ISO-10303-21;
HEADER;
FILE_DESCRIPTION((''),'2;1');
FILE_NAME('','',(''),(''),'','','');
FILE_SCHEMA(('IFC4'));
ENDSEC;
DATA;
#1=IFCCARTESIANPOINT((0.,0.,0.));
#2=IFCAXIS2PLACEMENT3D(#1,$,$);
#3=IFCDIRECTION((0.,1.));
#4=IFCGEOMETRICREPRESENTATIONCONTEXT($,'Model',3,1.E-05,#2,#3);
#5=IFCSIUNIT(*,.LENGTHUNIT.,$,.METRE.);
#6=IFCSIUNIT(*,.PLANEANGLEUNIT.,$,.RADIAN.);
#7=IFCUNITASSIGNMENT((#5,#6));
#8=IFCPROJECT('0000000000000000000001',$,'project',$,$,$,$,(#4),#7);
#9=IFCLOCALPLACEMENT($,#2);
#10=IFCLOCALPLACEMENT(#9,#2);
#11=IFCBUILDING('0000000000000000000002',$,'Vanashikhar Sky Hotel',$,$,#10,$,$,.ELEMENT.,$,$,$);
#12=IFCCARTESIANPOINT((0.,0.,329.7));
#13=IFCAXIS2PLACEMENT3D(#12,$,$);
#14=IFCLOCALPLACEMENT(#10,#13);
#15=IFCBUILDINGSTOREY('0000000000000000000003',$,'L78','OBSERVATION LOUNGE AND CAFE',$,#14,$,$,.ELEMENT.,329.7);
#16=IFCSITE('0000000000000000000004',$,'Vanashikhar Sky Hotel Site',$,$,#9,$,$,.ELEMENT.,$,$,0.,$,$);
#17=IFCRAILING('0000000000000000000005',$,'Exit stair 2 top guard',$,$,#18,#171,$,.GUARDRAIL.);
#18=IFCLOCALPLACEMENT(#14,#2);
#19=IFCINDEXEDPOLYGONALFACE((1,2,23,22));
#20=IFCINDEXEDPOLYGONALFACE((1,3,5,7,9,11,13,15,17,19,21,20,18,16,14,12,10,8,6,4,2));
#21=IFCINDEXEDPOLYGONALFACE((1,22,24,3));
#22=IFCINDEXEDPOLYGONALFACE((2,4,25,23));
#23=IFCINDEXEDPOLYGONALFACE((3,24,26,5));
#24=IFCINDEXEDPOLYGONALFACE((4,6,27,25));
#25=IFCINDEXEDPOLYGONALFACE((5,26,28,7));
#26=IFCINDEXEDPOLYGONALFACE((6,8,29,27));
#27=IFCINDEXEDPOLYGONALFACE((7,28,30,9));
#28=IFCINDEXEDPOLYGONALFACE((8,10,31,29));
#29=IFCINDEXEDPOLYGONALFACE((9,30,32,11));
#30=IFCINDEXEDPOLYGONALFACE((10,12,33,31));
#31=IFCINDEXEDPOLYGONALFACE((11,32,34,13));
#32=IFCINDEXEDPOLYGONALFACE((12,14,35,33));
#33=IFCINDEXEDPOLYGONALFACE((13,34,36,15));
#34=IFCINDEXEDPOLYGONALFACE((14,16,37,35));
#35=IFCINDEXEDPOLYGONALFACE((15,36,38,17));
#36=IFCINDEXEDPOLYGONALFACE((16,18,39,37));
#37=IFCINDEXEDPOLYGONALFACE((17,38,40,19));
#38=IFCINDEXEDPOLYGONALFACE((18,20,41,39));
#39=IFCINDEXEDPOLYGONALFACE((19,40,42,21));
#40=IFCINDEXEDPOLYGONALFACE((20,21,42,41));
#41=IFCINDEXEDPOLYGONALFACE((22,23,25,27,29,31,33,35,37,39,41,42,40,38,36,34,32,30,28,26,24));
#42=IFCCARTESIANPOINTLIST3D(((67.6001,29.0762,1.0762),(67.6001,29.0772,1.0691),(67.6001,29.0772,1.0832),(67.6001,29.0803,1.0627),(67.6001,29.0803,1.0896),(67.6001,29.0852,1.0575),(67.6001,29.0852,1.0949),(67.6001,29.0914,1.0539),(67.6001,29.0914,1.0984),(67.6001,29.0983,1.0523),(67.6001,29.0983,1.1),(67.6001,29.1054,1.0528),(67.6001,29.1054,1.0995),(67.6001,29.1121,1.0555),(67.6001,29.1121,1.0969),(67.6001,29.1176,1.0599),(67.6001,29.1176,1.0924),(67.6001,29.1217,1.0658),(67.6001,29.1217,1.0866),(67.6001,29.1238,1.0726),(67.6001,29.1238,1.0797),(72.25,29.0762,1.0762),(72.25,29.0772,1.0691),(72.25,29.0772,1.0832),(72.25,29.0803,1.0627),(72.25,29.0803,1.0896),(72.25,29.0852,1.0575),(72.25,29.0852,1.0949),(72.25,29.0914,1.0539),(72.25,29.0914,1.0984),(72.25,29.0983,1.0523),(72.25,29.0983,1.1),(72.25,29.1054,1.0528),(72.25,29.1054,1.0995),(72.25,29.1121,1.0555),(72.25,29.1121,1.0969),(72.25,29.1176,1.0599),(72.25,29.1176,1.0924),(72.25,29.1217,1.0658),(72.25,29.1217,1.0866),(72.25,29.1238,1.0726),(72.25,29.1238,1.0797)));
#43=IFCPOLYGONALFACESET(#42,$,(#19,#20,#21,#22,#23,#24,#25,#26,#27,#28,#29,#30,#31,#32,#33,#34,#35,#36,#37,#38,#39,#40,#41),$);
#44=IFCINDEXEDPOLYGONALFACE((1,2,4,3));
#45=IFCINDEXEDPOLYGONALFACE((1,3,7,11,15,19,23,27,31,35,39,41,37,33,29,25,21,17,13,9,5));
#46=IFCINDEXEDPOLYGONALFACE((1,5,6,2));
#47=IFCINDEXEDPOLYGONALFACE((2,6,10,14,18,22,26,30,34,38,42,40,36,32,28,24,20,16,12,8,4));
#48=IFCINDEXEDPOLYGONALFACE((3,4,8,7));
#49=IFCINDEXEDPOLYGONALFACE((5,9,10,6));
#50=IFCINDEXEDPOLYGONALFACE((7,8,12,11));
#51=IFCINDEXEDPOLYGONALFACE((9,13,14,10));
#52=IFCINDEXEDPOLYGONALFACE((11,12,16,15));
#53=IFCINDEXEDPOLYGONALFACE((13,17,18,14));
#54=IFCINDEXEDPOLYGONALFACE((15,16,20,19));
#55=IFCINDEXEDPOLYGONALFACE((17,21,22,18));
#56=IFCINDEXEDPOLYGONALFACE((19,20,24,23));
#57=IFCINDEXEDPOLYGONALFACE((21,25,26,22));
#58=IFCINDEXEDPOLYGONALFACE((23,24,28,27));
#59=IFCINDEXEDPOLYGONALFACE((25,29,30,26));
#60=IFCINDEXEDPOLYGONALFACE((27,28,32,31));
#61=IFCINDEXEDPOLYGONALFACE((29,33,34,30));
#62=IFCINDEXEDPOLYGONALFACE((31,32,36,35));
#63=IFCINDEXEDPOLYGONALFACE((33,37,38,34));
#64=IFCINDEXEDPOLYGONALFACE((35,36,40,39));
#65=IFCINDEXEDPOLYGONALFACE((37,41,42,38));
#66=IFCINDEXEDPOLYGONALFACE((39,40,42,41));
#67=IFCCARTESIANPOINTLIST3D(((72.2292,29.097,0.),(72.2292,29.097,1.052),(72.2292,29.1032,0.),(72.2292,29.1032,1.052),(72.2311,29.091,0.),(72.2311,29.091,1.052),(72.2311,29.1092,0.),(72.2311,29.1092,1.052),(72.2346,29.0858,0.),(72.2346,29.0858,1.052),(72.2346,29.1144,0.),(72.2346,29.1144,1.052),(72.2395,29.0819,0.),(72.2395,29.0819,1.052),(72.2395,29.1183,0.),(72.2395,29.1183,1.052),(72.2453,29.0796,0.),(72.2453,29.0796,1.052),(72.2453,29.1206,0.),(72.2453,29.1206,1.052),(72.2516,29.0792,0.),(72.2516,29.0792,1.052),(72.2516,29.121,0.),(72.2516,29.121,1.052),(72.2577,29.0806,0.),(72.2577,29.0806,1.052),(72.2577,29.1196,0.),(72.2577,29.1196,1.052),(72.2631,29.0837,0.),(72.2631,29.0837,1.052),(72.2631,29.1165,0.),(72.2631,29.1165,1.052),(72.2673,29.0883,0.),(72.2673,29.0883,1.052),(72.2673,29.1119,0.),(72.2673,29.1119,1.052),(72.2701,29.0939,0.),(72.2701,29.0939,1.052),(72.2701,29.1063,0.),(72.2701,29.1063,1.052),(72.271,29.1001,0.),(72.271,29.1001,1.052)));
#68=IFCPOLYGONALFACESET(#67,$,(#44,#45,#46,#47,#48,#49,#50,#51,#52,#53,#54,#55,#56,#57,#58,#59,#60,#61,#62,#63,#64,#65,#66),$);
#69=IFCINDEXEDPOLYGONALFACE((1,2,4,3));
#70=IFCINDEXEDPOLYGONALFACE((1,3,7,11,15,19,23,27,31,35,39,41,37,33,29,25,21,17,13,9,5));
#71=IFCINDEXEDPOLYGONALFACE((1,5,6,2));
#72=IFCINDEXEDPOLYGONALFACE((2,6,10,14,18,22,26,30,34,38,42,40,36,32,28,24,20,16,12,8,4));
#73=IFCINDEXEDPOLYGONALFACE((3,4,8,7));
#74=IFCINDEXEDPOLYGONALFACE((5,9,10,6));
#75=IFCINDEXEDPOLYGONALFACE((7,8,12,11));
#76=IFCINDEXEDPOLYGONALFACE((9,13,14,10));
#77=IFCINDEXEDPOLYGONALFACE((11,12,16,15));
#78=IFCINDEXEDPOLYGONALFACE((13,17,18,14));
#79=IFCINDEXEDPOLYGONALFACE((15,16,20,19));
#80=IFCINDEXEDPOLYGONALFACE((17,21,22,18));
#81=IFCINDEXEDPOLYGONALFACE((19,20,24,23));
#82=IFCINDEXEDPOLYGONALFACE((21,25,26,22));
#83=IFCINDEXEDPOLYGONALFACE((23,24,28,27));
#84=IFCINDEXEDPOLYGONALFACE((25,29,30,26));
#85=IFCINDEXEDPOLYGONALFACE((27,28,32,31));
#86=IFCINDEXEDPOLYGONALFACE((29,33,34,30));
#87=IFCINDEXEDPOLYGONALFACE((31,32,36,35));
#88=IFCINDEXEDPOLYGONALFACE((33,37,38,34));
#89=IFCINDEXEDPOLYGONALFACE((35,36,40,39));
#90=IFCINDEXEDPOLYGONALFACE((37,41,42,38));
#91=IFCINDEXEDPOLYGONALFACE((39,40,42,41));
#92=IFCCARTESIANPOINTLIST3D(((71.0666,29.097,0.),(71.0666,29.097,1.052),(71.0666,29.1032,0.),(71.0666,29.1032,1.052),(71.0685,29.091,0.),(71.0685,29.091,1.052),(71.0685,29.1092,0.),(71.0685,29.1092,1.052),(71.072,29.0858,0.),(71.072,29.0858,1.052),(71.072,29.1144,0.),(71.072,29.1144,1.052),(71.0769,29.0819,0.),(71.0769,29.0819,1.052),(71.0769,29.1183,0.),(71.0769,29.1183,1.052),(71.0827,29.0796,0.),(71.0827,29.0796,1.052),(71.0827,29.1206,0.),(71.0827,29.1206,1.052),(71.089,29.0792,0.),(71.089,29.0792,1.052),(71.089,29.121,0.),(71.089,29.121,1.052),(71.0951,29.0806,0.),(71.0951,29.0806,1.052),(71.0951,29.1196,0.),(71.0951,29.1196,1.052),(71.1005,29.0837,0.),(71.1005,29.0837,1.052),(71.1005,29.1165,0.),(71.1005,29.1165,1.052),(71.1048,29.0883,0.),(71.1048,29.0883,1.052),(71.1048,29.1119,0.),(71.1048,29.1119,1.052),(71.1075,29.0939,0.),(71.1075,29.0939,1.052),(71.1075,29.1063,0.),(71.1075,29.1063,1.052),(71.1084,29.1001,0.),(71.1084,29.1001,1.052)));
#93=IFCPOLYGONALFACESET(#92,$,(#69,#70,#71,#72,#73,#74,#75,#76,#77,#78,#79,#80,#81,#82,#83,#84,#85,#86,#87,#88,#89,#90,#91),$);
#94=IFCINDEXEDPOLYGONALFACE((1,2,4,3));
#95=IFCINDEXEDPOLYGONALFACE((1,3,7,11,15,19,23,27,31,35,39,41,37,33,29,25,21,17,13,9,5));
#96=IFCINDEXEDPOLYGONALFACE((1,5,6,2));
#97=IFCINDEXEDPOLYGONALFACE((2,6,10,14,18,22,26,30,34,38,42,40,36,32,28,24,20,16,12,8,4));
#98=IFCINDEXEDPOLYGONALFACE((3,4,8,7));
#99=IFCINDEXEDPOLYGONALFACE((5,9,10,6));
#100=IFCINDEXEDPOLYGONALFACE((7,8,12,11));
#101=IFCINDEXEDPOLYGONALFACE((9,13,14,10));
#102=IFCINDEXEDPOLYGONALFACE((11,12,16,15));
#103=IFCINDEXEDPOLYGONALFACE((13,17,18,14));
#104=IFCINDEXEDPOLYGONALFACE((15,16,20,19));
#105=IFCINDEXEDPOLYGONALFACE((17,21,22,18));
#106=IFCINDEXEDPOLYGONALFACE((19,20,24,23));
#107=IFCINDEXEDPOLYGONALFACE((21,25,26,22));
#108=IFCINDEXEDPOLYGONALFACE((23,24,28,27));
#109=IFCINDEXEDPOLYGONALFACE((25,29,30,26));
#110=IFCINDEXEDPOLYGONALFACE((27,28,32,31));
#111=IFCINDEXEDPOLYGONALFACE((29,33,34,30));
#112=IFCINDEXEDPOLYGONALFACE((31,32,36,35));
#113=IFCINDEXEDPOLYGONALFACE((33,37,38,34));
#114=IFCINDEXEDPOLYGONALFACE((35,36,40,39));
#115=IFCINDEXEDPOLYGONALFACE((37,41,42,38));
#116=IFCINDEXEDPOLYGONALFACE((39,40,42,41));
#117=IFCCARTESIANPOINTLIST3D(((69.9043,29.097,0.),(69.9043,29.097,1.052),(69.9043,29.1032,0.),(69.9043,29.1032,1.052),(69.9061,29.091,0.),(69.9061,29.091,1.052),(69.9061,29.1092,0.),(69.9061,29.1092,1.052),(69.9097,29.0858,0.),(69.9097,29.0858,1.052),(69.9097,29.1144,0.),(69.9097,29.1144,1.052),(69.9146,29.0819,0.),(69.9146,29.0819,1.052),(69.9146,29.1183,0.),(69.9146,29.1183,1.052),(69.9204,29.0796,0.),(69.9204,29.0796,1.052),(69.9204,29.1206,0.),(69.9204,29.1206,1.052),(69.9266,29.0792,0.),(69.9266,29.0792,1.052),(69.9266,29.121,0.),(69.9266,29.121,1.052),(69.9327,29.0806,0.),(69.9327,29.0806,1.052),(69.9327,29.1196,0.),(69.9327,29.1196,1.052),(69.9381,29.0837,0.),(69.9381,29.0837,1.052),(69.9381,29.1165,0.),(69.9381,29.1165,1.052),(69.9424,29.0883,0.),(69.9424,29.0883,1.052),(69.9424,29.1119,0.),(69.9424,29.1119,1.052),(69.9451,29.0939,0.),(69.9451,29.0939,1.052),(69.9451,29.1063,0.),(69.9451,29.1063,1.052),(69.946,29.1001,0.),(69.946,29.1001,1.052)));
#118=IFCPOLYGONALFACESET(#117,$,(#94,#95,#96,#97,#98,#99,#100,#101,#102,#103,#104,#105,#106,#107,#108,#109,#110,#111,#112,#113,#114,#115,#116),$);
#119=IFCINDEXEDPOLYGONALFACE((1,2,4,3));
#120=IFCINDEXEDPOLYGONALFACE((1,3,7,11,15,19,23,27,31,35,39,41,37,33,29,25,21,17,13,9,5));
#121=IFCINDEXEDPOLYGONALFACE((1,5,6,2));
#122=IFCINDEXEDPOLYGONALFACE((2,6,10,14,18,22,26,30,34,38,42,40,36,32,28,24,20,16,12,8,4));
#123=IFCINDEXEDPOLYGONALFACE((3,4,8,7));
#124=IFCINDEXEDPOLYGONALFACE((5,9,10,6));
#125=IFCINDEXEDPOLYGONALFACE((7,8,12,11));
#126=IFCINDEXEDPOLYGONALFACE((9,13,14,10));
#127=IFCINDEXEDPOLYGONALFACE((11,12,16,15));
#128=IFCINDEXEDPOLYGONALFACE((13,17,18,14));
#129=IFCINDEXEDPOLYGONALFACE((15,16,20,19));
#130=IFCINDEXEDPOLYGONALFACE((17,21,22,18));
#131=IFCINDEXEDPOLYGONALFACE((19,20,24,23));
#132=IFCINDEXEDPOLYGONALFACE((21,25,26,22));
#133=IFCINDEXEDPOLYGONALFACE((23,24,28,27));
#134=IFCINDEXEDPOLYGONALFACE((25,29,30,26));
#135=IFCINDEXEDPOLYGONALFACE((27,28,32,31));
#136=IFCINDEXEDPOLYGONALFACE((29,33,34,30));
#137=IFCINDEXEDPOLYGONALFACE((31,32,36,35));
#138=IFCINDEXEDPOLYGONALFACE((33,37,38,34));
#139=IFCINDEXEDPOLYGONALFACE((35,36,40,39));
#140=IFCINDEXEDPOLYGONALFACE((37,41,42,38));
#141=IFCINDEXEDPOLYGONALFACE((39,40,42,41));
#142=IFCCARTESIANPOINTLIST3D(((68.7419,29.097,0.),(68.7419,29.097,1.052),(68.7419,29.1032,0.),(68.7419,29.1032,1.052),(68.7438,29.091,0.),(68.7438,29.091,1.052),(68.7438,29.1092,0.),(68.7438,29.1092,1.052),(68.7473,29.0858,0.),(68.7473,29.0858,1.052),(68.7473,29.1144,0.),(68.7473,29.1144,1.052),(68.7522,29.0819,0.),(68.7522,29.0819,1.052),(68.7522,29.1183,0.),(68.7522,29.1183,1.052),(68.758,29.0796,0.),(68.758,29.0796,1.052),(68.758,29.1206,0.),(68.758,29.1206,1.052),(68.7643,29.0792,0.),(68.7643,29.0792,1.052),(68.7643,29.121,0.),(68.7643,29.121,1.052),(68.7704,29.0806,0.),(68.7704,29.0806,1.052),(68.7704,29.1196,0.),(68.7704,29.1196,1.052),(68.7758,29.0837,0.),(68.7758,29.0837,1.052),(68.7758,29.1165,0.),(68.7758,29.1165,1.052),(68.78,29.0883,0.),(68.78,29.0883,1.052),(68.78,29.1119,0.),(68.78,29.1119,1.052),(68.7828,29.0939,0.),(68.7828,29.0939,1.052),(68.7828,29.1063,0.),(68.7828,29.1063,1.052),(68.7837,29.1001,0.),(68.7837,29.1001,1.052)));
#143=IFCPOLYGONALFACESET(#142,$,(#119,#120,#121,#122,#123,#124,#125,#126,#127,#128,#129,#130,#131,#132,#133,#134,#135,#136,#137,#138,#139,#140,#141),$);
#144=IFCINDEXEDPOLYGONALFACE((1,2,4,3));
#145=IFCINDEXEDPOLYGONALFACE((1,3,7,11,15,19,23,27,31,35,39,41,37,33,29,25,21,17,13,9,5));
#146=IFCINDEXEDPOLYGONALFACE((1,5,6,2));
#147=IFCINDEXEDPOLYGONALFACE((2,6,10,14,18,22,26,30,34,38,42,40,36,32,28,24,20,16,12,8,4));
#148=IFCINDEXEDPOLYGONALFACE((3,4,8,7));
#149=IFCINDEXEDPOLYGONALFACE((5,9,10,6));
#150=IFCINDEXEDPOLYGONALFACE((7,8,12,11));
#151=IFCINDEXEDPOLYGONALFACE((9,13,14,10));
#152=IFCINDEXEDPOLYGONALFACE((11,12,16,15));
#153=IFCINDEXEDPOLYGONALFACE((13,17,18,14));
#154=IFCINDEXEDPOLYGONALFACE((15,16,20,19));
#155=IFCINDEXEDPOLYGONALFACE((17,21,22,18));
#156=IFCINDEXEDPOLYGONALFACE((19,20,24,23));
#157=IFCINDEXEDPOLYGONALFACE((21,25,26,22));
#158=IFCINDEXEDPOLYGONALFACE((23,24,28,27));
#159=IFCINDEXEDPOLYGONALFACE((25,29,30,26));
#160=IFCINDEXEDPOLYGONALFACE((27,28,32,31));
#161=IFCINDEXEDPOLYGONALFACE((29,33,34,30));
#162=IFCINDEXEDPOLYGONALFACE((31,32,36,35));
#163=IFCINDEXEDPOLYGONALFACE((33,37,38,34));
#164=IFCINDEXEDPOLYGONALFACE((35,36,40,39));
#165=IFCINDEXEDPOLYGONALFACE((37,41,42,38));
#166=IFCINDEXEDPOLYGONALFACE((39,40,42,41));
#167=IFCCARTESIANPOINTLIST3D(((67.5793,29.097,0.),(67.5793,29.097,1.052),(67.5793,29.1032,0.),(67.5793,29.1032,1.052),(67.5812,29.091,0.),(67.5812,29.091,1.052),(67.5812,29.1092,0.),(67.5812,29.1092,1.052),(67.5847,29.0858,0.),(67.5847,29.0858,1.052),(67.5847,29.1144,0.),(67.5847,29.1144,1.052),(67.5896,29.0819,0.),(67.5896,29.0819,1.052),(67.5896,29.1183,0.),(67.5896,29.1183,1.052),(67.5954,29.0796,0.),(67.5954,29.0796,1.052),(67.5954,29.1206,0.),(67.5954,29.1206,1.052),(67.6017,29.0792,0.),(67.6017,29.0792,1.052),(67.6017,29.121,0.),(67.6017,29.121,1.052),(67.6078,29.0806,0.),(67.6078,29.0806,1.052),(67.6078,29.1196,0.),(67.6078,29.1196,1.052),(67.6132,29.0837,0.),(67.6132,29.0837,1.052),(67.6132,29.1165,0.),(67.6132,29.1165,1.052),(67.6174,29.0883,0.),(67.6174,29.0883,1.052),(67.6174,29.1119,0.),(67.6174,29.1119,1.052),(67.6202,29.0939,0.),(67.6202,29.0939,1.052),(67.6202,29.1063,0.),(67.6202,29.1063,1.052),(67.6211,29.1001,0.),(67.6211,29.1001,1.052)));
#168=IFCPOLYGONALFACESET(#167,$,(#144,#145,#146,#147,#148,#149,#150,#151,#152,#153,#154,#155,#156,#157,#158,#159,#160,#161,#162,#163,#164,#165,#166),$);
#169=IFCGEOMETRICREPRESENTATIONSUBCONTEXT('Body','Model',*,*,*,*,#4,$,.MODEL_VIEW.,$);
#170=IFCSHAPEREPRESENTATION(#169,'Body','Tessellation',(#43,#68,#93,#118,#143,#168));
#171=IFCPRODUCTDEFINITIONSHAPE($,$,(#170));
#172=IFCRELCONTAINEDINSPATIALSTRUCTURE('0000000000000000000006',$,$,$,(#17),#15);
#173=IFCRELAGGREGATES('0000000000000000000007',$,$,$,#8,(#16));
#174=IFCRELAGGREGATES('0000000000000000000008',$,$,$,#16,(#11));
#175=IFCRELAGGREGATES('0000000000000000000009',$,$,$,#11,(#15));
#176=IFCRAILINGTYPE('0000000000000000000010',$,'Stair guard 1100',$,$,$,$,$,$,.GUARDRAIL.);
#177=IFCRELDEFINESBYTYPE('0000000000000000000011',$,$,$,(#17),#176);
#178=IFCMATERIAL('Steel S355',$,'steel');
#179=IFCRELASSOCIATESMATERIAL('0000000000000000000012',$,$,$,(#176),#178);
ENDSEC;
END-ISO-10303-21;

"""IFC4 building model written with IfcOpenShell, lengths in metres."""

from ifc_helpers import new_model, si_unit, direction, frame, origin, origin_2d, place, context, subcontext, project, spatial, circle, extrude, source, transform, mapped, material, type_object, element, save


model = new_model("IFC4")

# Units and contexts
model_context = context("Model", 3, precision=1e-05, world=origin(), true_north=direction((0.0, 1.0)))
body_context = subcontext(model_context, "Body", "Model", "MODEL_VIEW")
ifc_project = project(units=[si_unit("LENGTHUNIT", "METRE"), si_unit("PLANEANGLEUNIT", "RADIAN")], contexts=[model_context])

# Site, building, storey
site_placement = place(None, origin())
site = spatial("IfcSite", under=ifc_project, at=site_placement, Name="Vanashikhar Sky Hotel Site", CompositionType="ELEMENT", RefElevation=0.0)
building_placement = place(site_placement, origin())
building = spatial("IfcBuilding", under=site, at=building_placement, Name="Vanashikhar Sky Hotel", CompositionType="ELEMENT")
storey_placement = place(building_placement, frame((0.0, 0.0, 329.7)))
storey = spatial("IfcBuildingStorey", under=building, at=storey_placement, Name="L78", Description="OBSERVATION LOUNGE AND CAFE", CompositionType="ELEMENT", Elevation=329.7)

# Shared definitions
ifc_material_1 = material(Name="Steel S355", Category="steel")

# Railing
railing_type = type_object("IfcRailingType", Name="Stair guard 1100", PredefinedType="GUARDRAIL", material=ifc_material_1)
shared_shape_1 = source(origin(), body_context, "Body", "SweptSolid", [
    extrude(circle(Radius=0.0239, at=origin_2d()), frame((0.0, 0.0, 1.0762), z_axis=(-1.0, 0.0, 0.0), x_axis=(0.0, -1.0, 0.0)), (0.0, 0.0, 1.0), 4.6499),
    extrude(circle(Radius=0.021, at=origin_2d()), origin(), (0.0, 0.0, 1.0), 1.052),
    extrude(circle(Radius=0.021, at=origin_2d()), frame((-1.1626, 0.0, 0.0)), (0.0, 0.0, 1.0), 1.052),
    extrude(circle(Radius=0.021, at=origin_2d()), frame((-2.325, 0.0, 0.0)), (0.0, 0.0, 1.0), 1.052),
    extrude(circle(Radius=0.021, at=origin_2d()), frame((-3.4873, 0.0, 0.0)), (0.0, 0.0, 1.0), 1.052),
    extrude(circle(Radius=0.021, at=origin_2d()), frame((-4.6499, 0.0, 0.0)), (0.0, 0.0, 1.0), 1.052),
])
railing_placement = place(storey_placement, frame((72.25, 29.1001, 0.0)))
element("IfcRailing", 1, at=railing_placement, inside=storey, type_object=railing_type, Name="Exit stair 2 top guard", PredefinedType="GUARDRAIL", context=body_context, shape_type="MappedRepresentation", body=[
    mapped(shared_shape_1, transform((0.0, 0.0, 0.0), scale=1.0)),
])

save(model, "model.ifc")
